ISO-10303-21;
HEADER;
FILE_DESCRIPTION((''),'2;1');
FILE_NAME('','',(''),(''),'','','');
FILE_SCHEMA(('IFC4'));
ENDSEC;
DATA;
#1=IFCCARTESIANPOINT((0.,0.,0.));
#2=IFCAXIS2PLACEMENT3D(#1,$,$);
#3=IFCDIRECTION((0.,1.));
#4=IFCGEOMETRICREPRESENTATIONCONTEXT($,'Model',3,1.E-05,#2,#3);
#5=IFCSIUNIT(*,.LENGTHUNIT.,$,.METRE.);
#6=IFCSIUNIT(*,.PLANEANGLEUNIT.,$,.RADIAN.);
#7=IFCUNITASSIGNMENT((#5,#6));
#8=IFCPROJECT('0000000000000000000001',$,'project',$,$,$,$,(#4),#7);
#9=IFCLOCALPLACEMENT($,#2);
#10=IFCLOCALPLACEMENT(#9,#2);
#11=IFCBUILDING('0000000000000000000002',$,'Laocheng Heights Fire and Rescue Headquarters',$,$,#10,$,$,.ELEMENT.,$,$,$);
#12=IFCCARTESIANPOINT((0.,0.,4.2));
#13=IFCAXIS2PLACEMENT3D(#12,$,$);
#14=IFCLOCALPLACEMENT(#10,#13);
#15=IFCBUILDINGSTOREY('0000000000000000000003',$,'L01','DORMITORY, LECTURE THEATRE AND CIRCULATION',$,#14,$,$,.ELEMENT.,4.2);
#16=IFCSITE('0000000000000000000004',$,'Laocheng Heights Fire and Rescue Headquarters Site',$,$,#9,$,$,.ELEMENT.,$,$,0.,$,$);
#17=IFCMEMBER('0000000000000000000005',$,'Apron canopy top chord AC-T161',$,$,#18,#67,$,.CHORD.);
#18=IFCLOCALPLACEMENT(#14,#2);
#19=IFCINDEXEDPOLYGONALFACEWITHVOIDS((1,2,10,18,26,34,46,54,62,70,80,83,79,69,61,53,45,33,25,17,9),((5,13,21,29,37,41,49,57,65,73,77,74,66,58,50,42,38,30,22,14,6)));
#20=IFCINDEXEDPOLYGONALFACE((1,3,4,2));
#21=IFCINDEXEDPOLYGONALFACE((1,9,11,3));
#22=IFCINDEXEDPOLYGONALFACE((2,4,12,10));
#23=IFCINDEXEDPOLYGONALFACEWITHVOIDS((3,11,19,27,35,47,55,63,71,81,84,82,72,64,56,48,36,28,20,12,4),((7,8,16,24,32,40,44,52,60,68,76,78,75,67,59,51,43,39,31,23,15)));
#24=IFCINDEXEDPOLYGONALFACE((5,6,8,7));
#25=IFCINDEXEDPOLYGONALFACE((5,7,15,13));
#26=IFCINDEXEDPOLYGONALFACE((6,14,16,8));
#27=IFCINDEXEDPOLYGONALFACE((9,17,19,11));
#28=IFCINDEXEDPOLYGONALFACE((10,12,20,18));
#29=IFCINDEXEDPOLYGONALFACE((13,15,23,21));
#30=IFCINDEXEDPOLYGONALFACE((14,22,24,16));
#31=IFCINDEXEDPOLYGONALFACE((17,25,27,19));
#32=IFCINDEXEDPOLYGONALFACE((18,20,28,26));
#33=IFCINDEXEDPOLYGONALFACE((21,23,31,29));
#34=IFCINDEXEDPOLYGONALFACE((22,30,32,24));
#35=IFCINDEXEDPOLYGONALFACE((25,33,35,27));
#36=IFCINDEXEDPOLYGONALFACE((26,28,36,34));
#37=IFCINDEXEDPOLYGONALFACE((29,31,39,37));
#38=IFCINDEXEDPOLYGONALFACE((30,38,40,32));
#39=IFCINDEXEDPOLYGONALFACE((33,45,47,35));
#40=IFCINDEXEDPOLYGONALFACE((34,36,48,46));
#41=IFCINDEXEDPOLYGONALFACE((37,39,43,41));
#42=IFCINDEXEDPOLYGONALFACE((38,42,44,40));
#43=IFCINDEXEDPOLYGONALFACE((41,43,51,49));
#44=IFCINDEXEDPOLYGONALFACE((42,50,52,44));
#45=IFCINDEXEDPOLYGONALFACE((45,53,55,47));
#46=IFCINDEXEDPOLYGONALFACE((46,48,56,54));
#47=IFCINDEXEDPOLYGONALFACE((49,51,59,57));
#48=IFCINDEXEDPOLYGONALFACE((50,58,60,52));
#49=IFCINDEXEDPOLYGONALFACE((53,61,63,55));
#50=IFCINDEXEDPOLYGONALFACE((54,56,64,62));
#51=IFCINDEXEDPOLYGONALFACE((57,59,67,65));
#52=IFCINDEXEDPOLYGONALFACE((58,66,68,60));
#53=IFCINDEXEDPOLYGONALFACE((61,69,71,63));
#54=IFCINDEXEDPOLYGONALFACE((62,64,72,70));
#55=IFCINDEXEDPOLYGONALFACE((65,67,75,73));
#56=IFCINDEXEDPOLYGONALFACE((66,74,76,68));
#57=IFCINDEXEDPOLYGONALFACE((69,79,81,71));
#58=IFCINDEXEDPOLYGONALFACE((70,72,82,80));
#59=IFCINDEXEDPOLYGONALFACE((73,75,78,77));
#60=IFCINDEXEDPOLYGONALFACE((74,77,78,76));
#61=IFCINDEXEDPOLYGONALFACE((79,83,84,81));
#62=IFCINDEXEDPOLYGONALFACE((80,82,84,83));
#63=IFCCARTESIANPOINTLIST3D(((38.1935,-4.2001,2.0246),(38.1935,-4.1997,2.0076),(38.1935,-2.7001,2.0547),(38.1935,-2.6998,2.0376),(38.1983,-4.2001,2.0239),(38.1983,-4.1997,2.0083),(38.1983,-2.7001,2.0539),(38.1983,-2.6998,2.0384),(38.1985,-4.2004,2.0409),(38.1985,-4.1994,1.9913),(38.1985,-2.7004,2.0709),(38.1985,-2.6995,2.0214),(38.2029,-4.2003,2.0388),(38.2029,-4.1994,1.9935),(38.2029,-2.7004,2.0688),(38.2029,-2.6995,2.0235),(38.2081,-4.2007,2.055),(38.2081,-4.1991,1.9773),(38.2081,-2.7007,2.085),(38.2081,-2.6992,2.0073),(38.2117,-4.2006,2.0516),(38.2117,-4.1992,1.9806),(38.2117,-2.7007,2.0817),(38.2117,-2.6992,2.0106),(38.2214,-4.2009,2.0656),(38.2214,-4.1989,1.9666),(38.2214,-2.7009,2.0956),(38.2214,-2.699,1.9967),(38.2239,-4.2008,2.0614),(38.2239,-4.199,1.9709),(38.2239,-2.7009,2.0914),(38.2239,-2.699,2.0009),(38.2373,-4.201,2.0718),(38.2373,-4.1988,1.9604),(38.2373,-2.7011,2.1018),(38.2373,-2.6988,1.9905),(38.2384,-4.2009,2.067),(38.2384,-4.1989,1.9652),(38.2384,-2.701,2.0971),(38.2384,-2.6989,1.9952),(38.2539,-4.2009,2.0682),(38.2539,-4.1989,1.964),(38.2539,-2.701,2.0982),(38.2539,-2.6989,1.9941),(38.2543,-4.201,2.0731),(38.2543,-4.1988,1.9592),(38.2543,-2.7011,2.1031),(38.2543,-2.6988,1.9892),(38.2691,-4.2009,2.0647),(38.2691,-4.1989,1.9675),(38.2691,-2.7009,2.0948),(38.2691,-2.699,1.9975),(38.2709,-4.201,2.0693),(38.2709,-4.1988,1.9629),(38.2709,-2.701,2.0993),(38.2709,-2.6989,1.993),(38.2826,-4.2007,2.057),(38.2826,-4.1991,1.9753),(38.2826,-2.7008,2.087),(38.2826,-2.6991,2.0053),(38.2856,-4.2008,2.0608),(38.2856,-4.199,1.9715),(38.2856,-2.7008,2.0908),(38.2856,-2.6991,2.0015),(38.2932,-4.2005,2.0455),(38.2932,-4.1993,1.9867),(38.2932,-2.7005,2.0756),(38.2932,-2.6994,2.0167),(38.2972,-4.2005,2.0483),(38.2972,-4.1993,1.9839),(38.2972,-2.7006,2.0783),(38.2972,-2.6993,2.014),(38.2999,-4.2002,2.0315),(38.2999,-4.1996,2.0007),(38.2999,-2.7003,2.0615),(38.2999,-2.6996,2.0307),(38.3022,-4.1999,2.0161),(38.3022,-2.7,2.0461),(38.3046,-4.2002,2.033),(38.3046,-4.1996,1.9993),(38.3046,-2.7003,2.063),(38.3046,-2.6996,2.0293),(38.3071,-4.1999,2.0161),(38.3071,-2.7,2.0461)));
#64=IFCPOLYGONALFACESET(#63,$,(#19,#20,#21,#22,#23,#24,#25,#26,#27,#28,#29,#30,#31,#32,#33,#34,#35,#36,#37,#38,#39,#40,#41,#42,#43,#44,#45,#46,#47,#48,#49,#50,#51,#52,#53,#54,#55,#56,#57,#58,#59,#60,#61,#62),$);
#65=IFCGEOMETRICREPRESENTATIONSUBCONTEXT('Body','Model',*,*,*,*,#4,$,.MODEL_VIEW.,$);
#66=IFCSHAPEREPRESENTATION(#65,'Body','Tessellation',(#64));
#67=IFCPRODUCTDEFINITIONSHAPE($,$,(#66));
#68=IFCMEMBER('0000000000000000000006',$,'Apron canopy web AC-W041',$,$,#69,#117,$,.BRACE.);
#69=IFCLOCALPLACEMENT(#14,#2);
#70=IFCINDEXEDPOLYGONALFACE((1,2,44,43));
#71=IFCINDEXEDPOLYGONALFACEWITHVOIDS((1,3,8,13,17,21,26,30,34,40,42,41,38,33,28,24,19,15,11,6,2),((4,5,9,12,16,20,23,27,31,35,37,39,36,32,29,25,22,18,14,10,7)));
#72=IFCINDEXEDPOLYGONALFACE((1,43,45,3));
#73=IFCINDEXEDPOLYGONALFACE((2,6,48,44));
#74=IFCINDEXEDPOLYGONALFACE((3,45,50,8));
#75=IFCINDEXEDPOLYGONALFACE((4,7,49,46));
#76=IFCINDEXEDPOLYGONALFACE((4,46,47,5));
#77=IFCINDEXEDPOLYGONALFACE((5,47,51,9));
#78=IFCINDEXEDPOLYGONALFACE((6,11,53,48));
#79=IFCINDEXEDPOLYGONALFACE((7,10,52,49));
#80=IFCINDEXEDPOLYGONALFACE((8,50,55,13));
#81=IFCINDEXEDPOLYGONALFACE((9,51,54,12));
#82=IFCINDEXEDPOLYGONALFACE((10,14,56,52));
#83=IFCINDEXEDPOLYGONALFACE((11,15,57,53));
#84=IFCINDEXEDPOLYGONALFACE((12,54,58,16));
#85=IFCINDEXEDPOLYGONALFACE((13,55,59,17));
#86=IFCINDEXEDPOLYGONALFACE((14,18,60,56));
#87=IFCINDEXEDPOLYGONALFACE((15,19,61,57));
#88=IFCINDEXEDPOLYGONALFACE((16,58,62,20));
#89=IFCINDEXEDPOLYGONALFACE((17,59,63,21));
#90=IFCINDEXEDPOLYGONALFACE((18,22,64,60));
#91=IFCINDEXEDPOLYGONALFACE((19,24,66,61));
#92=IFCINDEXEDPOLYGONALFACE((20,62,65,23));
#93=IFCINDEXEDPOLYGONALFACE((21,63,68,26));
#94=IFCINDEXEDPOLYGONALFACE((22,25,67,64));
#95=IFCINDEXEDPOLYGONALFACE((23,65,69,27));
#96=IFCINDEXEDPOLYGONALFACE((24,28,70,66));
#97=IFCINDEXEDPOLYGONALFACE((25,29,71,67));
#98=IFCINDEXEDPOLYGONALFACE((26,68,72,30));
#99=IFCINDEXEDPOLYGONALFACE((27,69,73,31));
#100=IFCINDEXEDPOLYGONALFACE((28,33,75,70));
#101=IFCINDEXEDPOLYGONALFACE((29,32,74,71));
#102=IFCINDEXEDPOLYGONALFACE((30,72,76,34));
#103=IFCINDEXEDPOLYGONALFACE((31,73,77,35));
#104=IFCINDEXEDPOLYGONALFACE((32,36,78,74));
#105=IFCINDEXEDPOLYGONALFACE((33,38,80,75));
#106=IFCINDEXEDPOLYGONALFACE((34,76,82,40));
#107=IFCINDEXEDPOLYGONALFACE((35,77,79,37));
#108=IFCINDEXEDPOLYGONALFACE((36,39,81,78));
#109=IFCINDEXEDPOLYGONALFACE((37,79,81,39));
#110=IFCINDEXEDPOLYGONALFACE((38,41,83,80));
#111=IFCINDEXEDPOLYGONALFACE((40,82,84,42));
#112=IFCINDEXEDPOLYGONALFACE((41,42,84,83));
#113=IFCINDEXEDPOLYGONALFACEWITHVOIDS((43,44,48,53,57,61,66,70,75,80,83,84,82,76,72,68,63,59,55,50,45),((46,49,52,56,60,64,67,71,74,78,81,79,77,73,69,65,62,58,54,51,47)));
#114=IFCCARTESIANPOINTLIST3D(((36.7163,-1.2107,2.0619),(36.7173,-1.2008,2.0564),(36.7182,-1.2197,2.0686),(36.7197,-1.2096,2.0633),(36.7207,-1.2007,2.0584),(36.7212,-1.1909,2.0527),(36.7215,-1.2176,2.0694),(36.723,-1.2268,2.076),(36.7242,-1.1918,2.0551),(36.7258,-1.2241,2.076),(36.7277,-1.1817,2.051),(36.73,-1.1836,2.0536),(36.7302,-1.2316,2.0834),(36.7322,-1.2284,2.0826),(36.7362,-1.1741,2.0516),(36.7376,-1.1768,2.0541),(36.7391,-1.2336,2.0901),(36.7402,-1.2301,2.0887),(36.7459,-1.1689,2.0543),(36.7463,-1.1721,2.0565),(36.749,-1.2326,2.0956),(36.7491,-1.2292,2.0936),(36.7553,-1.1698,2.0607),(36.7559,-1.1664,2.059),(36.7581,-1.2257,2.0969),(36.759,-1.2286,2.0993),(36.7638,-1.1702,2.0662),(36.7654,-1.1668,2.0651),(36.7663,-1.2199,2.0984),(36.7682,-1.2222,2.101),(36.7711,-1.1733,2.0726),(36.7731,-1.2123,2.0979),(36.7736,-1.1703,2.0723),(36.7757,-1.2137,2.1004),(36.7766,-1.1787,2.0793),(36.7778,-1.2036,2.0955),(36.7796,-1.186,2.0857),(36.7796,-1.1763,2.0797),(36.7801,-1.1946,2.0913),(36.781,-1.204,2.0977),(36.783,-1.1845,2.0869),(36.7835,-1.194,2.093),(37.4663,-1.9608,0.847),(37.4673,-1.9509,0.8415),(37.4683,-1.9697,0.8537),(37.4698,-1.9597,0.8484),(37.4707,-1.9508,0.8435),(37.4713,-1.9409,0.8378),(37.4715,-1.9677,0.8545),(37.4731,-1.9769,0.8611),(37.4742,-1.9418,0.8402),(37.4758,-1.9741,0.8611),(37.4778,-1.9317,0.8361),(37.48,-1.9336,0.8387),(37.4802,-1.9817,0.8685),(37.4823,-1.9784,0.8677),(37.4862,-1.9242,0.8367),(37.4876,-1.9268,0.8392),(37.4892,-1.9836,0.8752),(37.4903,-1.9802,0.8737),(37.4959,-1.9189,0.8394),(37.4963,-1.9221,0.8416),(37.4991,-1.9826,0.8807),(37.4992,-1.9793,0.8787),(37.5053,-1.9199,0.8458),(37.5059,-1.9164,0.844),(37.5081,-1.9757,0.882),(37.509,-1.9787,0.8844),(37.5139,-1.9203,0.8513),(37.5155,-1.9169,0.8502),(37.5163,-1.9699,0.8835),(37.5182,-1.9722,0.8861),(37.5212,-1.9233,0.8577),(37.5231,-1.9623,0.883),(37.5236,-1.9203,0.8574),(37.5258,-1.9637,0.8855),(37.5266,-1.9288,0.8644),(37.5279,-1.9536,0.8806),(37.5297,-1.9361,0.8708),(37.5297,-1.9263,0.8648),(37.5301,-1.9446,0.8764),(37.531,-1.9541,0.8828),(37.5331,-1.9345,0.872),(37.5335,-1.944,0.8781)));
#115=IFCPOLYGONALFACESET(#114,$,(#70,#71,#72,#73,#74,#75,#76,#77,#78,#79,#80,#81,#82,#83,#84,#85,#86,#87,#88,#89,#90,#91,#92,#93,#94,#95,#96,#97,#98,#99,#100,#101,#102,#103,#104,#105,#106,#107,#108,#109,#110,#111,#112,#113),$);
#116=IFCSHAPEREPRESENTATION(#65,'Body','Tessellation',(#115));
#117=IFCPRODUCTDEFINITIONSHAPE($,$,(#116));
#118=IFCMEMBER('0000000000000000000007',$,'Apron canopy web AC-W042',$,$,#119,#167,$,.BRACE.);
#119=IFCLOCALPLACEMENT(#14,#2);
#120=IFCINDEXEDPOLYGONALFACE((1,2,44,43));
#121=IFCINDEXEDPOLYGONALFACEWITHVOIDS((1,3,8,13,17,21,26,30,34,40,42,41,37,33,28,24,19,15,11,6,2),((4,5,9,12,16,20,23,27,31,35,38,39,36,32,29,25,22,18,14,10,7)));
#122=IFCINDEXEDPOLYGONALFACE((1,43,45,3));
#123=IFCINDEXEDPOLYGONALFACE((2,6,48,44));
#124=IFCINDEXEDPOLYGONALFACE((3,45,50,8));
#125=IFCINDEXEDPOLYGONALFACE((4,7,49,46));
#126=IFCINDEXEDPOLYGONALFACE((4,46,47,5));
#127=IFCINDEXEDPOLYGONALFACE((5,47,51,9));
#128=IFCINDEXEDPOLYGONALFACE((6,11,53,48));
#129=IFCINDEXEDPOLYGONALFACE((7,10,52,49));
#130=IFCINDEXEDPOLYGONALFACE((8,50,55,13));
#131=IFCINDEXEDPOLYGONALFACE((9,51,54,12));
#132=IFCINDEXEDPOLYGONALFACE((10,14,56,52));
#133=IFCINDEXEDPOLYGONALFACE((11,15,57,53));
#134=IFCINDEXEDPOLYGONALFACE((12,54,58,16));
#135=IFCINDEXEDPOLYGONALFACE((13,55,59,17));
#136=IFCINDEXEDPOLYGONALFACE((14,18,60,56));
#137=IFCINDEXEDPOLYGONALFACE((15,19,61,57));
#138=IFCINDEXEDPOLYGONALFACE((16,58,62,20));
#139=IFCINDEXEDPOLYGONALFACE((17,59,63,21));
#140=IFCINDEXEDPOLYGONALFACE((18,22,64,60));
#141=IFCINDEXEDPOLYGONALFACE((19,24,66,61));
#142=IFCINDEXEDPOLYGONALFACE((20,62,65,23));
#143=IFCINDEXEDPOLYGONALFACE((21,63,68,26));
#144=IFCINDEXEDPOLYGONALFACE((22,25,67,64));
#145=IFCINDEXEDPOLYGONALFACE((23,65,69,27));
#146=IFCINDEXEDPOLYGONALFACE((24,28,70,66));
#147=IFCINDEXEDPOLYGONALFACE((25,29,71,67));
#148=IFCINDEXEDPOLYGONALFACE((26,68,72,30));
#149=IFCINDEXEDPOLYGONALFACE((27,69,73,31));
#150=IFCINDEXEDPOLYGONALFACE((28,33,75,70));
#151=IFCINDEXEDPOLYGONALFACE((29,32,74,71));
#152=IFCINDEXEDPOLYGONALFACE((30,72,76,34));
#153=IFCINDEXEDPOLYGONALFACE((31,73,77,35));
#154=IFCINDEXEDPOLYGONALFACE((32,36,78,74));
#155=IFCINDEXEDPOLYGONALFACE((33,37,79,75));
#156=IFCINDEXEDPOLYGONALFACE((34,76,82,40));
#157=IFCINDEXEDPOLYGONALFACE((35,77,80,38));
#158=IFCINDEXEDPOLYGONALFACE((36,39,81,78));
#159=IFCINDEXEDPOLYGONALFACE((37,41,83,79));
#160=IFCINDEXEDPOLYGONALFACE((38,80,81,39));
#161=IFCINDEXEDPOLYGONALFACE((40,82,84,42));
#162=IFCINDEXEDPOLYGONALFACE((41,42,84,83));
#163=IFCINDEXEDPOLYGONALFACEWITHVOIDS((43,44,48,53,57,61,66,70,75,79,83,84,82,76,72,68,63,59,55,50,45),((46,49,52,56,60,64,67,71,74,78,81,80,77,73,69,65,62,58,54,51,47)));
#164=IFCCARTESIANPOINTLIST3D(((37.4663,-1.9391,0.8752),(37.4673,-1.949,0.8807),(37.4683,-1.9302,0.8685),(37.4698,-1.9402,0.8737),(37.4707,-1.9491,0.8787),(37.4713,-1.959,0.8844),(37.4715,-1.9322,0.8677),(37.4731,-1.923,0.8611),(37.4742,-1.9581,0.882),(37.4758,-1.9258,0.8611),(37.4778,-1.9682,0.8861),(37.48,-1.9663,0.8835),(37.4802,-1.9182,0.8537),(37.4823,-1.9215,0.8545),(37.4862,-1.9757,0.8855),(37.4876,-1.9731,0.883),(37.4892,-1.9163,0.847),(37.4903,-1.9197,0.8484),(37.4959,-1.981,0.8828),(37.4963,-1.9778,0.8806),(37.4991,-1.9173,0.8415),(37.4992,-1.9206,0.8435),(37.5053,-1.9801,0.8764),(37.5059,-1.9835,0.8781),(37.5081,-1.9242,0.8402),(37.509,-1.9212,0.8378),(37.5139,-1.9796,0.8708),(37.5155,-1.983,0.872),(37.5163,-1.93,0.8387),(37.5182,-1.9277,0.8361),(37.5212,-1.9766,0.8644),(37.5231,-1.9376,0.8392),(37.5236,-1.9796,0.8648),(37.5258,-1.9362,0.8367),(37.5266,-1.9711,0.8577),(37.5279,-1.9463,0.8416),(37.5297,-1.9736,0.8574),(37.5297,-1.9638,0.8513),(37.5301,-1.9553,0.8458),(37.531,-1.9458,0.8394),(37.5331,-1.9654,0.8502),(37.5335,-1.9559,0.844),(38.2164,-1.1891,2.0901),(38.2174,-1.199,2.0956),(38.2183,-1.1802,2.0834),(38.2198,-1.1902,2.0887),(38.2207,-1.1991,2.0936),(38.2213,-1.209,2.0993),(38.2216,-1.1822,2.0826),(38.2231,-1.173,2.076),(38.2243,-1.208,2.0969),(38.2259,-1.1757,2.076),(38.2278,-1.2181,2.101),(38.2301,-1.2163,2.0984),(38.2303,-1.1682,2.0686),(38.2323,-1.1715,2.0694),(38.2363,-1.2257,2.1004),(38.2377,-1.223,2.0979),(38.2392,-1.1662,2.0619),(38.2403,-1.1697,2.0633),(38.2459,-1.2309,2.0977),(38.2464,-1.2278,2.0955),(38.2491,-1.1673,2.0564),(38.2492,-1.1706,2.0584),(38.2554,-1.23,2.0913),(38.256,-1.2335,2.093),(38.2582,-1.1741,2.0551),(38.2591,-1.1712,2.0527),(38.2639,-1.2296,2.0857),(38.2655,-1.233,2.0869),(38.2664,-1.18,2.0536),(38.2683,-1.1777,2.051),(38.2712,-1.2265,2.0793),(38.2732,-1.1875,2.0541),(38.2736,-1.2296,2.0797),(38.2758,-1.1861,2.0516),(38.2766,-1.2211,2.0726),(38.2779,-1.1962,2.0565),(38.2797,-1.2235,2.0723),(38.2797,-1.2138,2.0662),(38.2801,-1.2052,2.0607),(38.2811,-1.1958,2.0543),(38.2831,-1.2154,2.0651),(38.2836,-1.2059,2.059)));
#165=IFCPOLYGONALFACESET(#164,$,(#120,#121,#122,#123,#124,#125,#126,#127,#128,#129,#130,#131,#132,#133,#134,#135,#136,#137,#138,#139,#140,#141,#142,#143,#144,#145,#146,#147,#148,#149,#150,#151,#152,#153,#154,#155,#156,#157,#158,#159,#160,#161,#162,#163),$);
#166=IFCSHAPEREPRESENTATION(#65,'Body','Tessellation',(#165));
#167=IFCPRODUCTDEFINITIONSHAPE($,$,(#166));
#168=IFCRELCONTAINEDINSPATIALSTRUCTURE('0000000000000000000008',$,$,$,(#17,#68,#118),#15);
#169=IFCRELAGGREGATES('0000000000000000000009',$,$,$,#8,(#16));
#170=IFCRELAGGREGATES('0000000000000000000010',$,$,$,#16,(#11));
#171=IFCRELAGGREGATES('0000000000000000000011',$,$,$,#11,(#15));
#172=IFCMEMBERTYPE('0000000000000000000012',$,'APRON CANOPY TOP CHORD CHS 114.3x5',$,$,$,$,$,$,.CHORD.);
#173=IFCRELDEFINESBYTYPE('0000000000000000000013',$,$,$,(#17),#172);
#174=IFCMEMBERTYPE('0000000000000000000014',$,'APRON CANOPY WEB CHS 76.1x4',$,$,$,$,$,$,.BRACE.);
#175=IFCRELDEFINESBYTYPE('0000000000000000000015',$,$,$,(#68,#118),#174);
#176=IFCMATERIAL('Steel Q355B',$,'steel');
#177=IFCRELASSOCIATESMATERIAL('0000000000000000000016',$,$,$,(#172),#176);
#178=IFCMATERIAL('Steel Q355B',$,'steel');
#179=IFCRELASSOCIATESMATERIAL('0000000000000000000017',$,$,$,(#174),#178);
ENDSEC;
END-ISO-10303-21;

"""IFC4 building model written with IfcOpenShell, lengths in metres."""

from ifc_helpers import new_model, si_unit, direction, frame, origin, origin_2d, place, context, subcontext, project, spatial, hollow_circle, extrude, material, material_profile, profile_set, type_object, element, save


model = new_model("IFC4")

# Units and contexts
model_context = context("Model", 3, precision=1e-05, world=origin(), true_north=direction((0.0, 1.0)))
body_context = subcontext(model_context, "Body", "Model", "MODEL_VIEW")
ifc_project = project(units=[si_unit("LENGTHUNIT", "METRE"), si_unit("PLANEANGLEUNIT", "RADIAN")], contexts=[model_context])

# Site, building, storey
site_placement = place(None, origin())
site = spatial("IfcSite", under=ifc_project, at=site_placement, Name="Laocheng Heights Fire and Rescue Headquarters Site", CompositionType="ELEMENT", RefElevation=0.0)
building_placement = place(site_placement, origin())
building = spatial("IfcBuilding", under=site, at=building_placement, Name="Laocheng Heights Fire and Rescue Headquarters", CompositionType="ELEMENT")
storey_placement = place(building_placement, frame((0.0, 0.0, 4.2)))
storey = spatial("IfcBuildingStorey", under=building, at=storey_placement, Name="L01", Description="DORMITORY, LECTURE THEATRE AND CIRCULATION", CompositionType="ELEMENT", Elevation=4.2)

# Members
ifc_material_1 = material(Name="Steel Q355B", Category="steel")
ifc_material_profile_1 = material_profile(ifc_material_1, hollow_circle(Radius=0.0571, WallThickness=0.0049, at=origin_2d()), Name="CHS 114.3x5")
ifc_profile_set_1 = profile_set([ifc_material_profile_1], Name="Steel Q355B")
member_type_1 = type_object("IfcMemberType", Name="APRON CANOPY TOP CHORD CHS 114.3x5", PredefinedType="CHORD", material=ifc_profile_set_1)
for number, where, z_axis, x_axis, name in (
    (1, (38.25, -2.7, 2.0461), (0.0, -0.9998, -0.020016), (1.0, 0.0, 0.0), "Apron canopy top chord AC-T161"),
):
    element("IfcMember", number, at=place(storey_placement, frame(where, z_axis=z_axis, x_axis=x_axis)), inside=storey, type_object=member_type_1, Name=name, PredefinedType="CHORD", context=body_context, shape_type="SweptSolid", body=[
        extrude(hollow_circle(Radius=0.0571, WallThickness=0.0049, at=origin_2d()), origin(), (0.0, 0.0, 1.0), 1.5002),
    ])
ifc_material_2 = material(Name="Steel Q355B", Category="steel")
ifc_material_profile_2 = material_profile(ifc_material_2, hollow_circle(Radius=0.0381, WallThickness=0.0039, at=origin_2d()), Name="CHS 76.1x4")
ifc_profile_set_2 = profile_set([ifc_material_profile_2], Name="Steel Q355B")
member_type_2 = type_object("IfcMemberType", Name="APRON CANOPY WEB CHS 76.1x4", PredefinedType="BRACE", material=ifc_profile_set_2)
for number, where, z_axis, x_axis, name in (
    (2, (37.5, -1.95, 0.8611), (-0.465055, 0.465055, 0.753292), (-0.707107, -0.707107, 0.0), "Apron canopy web AC-W041"),
    (3, (37.5, -1.95, 0.8611), (0.465055, 0.465055, 0.753292), (-0.707107, 0.707107, 0.0), "Apron canopy web AC-W042"),
):
    element("IfcMember", number, at=place(storey_placement, frame(where, z_axis=z_axis, x_axis=x_axis)), inside=storey, type_object=member_type_2, Name=name, PredefinedType="BRACE", context=body_context, shape_type="SweptSolid", body=[
        extrude(hollow_circle(Radius=0.0381, WallThickness=0.0039, at=origin_2d()), origin(), (0.0, 0.0, 1.0), 1.6128),
    ])

save(model, "model.ifc")
